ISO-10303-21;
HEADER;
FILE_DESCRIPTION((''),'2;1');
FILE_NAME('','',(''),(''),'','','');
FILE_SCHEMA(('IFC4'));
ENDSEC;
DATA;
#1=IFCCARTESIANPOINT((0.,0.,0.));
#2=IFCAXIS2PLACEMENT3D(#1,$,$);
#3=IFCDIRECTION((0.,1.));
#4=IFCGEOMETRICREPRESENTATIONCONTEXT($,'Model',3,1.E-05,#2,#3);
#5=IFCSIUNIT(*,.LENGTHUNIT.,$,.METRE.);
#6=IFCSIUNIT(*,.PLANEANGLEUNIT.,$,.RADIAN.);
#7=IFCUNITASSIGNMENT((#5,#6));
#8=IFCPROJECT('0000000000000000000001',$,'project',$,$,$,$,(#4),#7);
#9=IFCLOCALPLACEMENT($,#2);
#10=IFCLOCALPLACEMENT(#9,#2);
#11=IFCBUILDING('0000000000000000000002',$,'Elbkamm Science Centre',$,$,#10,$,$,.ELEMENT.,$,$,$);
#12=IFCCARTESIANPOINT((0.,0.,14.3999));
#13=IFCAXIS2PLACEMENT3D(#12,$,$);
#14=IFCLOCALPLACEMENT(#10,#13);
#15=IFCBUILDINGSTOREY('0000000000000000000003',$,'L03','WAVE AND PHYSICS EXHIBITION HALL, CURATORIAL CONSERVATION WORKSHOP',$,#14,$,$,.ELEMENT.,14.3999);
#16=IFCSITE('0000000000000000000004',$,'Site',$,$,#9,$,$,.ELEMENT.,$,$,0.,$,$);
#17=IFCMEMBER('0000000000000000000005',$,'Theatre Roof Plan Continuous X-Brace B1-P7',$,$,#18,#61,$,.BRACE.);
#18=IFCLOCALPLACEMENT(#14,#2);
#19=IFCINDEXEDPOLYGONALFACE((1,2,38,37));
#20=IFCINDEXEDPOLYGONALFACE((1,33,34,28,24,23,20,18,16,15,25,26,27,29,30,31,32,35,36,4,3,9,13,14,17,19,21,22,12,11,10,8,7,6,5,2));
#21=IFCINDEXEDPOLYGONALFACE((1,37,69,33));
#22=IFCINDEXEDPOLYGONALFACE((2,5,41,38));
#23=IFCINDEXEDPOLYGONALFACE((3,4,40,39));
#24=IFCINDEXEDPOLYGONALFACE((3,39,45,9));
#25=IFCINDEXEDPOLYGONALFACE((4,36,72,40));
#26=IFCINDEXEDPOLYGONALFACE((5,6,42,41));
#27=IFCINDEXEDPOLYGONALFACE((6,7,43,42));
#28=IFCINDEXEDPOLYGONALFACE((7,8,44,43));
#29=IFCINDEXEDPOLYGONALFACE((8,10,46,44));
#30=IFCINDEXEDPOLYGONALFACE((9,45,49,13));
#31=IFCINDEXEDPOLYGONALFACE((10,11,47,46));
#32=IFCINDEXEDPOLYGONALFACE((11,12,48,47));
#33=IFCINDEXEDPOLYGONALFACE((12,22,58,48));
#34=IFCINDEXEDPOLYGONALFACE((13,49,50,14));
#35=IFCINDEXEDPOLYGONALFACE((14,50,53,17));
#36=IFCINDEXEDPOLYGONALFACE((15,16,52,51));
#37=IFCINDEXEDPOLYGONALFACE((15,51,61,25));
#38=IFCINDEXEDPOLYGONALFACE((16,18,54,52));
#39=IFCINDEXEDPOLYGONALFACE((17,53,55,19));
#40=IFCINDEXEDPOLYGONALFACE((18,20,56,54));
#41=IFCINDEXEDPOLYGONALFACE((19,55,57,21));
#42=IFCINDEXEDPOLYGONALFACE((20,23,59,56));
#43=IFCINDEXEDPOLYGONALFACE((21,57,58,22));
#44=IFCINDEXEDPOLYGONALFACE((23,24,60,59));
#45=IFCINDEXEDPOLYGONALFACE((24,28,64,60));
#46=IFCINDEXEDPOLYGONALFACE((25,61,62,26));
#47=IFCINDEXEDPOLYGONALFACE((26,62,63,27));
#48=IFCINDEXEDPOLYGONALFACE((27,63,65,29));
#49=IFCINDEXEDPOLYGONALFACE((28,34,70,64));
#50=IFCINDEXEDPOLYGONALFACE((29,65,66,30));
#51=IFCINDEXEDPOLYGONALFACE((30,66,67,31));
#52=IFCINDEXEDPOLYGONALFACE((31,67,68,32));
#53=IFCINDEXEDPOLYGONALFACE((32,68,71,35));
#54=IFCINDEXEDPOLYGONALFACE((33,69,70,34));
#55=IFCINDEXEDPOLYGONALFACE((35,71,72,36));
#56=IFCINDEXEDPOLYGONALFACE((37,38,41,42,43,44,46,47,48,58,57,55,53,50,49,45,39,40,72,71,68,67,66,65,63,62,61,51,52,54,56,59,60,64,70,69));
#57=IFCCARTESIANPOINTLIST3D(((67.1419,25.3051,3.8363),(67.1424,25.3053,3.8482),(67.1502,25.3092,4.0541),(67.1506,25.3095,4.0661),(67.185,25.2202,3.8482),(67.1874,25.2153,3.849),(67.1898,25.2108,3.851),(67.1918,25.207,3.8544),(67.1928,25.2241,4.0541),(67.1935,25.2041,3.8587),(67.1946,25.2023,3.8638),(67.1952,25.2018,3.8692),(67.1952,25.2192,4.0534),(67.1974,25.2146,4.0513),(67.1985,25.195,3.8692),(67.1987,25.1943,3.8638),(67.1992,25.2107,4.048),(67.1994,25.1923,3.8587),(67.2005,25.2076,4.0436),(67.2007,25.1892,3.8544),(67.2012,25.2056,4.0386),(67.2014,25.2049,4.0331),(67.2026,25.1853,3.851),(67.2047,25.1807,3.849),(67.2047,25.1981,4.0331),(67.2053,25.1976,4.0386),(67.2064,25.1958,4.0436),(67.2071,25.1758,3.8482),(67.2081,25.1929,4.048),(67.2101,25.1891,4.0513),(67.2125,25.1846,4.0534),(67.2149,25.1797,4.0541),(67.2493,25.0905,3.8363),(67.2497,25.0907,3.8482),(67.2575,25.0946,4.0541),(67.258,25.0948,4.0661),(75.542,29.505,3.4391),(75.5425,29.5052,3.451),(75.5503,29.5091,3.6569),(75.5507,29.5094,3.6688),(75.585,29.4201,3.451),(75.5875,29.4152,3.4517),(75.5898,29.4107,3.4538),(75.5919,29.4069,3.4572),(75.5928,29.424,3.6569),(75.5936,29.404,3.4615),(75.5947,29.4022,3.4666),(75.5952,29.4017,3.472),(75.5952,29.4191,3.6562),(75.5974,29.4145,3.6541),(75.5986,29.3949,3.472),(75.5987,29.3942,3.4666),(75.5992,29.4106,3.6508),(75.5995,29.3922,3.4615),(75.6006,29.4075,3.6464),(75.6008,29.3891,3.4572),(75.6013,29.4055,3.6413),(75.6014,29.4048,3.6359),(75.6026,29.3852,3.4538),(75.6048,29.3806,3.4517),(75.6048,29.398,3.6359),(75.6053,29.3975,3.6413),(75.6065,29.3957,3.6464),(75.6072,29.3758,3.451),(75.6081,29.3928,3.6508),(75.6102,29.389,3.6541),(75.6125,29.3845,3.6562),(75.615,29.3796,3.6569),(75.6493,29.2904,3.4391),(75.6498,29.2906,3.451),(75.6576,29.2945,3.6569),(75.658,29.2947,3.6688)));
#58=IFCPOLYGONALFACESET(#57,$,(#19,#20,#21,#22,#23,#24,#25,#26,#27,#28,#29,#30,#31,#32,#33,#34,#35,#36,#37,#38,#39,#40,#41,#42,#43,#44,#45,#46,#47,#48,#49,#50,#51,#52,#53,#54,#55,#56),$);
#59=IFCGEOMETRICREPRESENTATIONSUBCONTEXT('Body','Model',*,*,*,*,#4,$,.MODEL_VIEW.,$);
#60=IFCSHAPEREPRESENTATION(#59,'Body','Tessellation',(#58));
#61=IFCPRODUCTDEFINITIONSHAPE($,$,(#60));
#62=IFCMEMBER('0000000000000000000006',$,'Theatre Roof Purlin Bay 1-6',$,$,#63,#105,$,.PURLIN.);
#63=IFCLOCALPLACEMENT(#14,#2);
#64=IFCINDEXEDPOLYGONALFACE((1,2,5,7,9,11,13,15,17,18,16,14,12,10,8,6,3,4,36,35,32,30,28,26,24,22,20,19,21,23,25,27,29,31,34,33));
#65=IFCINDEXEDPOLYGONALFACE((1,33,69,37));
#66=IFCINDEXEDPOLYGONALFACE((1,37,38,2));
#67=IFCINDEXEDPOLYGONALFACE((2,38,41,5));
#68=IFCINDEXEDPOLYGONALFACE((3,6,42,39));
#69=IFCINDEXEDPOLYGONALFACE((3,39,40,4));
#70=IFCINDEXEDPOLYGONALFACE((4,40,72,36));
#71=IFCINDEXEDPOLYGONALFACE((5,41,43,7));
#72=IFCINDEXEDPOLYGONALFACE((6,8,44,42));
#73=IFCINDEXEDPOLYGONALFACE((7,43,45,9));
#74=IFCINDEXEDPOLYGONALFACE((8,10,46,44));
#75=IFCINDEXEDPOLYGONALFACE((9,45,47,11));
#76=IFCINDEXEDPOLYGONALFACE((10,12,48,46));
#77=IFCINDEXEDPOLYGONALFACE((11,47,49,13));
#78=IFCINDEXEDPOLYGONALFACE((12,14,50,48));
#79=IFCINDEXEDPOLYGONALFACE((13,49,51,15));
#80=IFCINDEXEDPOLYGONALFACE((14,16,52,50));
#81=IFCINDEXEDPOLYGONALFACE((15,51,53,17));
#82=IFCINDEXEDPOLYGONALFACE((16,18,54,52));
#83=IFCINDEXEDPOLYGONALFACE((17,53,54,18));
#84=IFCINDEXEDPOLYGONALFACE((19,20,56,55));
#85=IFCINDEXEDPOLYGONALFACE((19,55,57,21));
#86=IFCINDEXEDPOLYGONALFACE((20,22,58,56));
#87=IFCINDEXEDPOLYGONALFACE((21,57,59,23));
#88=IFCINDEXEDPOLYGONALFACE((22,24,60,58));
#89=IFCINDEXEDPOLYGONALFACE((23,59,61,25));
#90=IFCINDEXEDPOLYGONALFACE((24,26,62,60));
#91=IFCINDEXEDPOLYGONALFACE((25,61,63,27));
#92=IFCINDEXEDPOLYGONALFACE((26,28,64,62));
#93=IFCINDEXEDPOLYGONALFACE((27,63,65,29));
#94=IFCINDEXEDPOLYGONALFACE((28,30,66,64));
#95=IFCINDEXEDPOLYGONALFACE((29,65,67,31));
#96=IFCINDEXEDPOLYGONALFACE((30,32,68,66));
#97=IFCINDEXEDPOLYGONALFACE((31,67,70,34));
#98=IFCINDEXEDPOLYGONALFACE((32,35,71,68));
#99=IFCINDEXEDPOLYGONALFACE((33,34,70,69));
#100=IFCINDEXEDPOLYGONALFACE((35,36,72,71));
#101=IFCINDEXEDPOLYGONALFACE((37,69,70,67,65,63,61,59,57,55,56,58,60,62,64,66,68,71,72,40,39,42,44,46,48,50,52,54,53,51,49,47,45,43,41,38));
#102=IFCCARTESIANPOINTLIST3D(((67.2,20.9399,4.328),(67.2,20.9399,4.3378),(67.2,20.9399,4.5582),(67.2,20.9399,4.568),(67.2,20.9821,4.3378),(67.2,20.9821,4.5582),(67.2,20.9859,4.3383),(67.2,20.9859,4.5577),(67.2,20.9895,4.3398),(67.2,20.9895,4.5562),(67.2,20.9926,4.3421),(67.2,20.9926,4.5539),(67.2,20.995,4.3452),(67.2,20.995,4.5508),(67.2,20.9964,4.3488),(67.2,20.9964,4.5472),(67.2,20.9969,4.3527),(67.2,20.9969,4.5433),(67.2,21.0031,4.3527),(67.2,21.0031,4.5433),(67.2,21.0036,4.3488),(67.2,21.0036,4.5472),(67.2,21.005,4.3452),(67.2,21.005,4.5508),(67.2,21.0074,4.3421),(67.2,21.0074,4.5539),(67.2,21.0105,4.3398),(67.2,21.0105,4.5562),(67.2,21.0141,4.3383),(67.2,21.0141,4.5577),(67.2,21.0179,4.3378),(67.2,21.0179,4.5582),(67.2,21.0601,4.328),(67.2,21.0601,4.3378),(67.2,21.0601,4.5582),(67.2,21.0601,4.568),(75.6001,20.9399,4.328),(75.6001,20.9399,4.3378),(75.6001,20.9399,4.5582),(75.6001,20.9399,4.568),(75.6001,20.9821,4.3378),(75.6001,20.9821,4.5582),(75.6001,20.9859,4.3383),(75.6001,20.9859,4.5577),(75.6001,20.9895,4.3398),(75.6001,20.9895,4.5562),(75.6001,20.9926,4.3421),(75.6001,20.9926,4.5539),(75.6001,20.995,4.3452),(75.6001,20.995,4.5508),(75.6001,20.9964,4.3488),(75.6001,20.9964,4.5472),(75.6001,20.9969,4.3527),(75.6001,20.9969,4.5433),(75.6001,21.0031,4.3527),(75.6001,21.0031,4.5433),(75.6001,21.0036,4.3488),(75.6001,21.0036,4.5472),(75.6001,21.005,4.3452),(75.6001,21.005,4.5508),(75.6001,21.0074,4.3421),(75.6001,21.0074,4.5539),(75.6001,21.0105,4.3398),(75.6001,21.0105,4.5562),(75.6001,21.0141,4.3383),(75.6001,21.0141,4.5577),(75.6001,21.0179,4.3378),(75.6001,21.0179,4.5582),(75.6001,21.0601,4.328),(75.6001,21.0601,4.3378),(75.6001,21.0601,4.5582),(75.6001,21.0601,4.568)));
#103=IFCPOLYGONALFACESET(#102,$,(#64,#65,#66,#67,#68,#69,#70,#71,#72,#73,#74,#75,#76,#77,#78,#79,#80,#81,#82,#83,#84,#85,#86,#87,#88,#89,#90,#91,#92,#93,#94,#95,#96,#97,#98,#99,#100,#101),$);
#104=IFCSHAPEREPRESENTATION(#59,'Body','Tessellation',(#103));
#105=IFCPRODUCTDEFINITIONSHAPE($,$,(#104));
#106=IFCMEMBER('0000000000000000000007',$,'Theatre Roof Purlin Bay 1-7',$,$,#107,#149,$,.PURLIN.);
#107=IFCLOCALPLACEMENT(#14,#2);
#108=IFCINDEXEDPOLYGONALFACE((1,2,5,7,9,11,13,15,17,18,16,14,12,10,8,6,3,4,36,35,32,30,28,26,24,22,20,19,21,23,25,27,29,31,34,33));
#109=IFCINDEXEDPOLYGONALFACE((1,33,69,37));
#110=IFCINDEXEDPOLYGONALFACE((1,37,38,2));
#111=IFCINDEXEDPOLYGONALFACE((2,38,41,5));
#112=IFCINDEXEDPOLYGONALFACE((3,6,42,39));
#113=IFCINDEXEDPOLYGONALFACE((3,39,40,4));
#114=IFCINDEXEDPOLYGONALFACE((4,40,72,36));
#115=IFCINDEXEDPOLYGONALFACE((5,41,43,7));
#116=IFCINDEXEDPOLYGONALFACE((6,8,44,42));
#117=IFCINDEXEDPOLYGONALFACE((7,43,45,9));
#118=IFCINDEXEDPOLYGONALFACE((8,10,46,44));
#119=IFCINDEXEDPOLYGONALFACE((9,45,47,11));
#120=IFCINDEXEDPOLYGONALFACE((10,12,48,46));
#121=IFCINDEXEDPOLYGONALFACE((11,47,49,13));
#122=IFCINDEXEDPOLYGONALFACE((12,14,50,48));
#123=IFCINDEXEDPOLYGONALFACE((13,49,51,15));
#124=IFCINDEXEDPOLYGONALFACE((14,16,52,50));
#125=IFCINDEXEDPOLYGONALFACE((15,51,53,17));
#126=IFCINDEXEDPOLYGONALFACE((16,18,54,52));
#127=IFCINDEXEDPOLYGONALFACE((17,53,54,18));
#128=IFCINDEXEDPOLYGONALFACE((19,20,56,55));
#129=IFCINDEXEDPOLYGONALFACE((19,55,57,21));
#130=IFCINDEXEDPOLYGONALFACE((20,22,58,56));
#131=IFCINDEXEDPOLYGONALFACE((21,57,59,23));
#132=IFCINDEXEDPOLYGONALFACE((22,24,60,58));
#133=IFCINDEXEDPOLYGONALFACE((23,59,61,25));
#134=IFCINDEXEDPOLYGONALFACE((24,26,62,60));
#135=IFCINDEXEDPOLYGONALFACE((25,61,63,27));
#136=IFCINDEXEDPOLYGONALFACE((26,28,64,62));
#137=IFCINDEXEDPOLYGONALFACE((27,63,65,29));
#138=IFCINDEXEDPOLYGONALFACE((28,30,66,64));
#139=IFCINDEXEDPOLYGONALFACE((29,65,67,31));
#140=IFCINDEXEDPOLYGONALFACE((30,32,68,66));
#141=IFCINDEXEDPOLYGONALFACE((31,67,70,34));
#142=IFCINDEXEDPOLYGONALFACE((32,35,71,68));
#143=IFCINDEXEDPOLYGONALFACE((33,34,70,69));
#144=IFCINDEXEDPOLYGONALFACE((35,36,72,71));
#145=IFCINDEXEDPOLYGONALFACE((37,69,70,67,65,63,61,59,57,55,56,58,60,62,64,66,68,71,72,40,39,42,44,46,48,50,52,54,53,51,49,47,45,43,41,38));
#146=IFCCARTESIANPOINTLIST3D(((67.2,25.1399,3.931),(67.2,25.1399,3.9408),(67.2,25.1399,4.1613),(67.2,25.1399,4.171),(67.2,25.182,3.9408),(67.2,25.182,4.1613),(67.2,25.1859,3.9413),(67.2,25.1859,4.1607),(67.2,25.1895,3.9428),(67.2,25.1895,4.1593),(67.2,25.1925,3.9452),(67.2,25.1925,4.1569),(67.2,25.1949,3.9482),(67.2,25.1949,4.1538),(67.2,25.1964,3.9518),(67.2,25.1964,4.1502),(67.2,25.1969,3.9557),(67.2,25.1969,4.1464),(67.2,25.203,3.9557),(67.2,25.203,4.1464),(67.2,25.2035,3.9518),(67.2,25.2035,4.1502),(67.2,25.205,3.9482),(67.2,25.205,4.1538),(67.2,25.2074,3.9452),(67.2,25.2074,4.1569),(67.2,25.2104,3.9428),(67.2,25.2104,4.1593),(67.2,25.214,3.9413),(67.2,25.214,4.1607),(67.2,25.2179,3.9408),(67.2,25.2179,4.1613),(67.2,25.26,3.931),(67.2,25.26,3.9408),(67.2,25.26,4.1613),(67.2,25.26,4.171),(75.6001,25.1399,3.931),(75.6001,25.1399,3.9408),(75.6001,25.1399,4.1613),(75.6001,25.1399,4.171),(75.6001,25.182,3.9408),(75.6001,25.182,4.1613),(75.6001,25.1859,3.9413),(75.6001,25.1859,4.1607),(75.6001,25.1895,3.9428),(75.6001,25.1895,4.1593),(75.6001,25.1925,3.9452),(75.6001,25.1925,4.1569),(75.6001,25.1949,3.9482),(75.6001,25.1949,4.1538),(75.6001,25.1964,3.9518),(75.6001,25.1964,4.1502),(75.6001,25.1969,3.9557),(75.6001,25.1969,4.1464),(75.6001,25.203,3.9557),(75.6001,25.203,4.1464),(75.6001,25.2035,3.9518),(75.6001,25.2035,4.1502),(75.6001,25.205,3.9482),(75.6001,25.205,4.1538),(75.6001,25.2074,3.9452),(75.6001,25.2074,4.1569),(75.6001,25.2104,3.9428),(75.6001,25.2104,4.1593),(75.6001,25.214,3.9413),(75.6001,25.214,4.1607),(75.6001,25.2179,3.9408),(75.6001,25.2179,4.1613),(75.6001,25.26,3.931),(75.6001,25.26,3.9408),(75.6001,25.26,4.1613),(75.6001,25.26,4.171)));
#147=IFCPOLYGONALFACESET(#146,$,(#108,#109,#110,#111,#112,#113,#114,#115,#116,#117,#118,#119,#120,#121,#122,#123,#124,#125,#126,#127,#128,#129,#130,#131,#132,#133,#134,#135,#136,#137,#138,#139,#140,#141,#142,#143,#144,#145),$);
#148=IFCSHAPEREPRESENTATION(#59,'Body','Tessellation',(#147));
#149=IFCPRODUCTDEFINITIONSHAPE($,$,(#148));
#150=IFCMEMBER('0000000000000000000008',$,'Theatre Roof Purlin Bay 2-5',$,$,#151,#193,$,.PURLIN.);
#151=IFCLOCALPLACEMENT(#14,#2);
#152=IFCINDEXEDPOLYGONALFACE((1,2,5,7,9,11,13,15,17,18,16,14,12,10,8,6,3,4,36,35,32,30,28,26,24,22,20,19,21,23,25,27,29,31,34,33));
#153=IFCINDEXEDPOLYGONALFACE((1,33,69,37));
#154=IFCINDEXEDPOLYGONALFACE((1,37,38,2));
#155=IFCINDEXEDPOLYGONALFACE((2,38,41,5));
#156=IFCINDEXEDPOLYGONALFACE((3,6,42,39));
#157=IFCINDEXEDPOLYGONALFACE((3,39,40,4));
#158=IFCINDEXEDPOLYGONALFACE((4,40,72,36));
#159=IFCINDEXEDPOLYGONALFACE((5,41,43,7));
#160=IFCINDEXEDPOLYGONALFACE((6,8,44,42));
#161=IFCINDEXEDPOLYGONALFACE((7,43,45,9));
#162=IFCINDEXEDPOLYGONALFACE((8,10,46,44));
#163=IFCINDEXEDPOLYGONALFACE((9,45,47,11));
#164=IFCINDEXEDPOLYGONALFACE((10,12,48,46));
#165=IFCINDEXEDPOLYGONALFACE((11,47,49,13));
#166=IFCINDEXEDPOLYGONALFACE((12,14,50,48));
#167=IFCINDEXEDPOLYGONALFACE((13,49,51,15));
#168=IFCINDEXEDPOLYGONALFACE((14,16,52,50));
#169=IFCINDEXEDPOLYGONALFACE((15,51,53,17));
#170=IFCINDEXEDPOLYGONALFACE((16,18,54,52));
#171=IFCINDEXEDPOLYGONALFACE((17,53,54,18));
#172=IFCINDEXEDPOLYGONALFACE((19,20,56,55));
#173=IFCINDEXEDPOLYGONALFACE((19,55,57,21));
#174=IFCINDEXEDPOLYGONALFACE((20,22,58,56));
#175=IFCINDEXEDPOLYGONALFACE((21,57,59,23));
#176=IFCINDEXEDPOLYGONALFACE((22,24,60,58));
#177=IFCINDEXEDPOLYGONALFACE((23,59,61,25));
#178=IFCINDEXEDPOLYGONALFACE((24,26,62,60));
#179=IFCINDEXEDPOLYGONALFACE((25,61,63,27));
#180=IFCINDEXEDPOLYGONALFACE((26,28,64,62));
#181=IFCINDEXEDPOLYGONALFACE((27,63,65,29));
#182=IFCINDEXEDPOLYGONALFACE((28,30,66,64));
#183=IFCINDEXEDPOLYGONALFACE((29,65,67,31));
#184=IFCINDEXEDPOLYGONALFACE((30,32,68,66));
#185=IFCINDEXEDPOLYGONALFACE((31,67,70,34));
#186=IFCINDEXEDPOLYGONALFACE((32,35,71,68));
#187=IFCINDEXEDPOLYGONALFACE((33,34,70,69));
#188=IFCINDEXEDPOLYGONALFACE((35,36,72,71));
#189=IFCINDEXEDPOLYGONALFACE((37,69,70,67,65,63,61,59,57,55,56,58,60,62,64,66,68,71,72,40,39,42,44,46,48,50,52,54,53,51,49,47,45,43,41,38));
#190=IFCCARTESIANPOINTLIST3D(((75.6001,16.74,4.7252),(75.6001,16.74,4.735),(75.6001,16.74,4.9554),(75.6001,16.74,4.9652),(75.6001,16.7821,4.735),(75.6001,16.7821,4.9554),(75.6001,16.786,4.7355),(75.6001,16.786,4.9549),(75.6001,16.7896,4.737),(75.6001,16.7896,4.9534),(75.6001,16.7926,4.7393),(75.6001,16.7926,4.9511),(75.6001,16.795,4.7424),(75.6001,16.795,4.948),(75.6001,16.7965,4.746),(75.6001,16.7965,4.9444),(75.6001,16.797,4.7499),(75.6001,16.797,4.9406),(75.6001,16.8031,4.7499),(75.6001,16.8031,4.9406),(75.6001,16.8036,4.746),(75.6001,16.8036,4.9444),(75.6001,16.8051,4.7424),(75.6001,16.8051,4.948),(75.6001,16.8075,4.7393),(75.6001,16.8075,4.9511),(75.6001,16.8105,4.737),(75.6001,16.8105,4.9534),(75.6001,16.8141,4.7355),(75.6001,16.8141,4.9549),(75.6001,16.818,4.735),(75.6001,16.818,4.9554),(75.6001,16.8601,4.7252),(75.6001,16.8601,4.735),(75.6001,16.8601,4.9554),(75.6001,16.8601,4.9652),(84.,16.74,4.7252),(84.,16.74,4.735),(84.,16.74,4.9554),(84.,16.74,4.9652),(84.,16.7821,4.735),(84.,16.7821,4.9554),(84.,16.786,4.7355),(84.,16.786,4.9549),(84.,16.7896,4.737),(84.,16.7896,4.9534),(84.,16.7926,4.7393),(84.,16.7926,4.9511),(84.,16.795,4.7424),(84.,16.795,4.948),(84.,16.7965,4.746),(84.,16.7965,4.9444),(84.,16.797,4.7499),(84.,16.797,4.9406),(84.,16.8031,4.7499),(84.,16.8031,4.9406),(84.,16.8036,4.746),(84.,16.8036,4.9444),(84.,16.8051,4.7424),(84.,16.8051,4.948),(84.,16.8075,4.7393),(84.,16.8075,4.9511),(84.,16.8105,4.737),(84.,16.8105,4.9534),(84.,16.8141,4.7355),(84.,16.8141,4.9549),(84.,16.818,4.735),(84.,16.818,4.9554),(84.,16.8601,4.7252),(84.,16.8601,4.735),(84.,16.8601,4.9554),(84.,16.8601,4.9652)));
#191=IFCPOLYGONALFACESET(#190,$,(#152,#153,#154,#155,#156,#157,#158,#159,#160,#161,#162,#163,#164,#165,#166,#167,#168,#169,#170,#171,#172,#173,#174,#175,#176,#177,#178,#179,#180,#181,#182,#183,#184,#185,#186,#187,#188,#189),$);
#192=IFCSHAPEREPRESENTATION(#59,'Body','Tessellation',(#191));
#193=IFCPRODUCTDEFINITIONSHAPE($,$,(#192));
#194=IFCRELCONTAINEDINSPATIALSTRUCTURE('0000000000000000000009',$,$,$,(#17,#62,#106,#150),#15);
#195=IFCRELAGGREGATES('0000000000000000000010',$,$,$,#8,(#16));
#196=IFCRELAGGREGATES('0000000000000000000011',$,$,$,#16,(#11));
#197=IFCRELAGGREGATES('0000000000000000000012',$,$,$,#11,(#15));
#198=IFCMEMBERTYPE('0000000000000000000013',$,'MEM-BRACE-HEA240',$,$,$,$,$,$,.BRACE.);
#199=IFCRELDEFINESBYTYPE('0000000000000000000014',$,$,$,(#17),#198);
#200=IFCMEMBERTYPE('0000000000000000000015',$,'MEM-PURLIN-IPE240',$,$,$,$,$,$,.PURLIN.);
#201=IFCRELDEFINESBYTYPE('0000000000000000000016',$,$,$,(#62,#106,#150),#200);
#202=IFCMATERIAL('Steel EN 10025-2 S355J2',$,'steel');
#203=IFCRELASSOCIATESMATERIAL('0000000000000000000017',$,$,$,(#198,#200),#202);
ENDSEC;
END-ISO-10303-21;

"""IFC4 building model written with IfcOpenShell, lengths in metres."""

from ifc_helpers import new_model, si_unit, direction, frame, origin, origin_2d, place, context, subcontext, project, spatial, i_section, extrude, material, material_profile, profile_set, type_object, element, save


model = new_model("IFC4")

# Units and contexts
model_context = context("Model", 3, precision=1e-05, world=origin(), true_north=direction((0.0, 1.0)))
body_context = subcontext(model_context, "Body", "Model", "MODEL_VIEW")
ifc_project = project(units=[si_unit("LENGTHUNIT", "METRE"), si_unit("PLANEANGLEUNIT", "RADIAN")], contexts=[model_context])

# Site, building, storey
site_placement = place(None, origin())
site = spatial("IfcSite", under=ifc_project, at=site_placement, Name="Site", CompositionType="ELEMENT", RefElevation=0.0)
building_placement = place(site_placement, origin())
building = spatial("IfcBuilding", under=site, at=building_placement, Name="Elbkamm Science Centre", CompositionType="ELEMENT")
storey_placement = place(building_placement, frame((0.0, 0.0, 14.3999)))
storey = spatial("IfcBuildingStorey", under=building, at=storey_placement, Name="L03", Description="WAVE AND PHYSICS EXHIBITION HALL, CURATORIAL CONSERVATION WORKSHOP", CompositionType="ELEMENT", Elevation=14.3999)

# Shared definitions
ifc_material_1 = material(Name="Steel EN 10025-2 S355J2", Category="steel")

# Members
ifc_material_profile_1 = material_profile(ifc_material_1, i_section(OverallWidth=0.24, OverallDepth=0.23, WebThickness=0.0076, FlangeThickness=0.012, FilletRadius=0.021, at=origin_2d()), Name="HEA 240")
ifc_profile_set_1 = profile_set([ifc_material_profile_1], Name="Steel EN 10025-2 S355J2")
member_type_1 = type_object("IfcMemberType", Name="MEM-BRACE-HEA240", PredefinedType="BRACE", material=ifc_profile_set_1)
member_1_placement = place(storey_placement, frame((67.2, 25.2, 3.9512), z_axis=(0.893633, 0.446804, -0.042257), x_axis=(-0.447203, 0.894432, 0.0)))
element("IfcMember", 1, at=member_1_placement, inside=storey, type_object=member_type_1, Name="Theatre Roof Plan Continuous X-Brace B1-P7", PredefinedType="BRACE", context=body_context, shape_type="SweptSolid", body=[
    extrude(i_section(OverallWidth=0.24, OverallDepth=0.23, WebThickness=0.0076, FlangeThickness=0.012, FilletRadius=0.021, at=origin_2d()), origin(), (0.0, 0.0, 1.0), 9.3999),
])
ifc_material_profile_2 = material_profile(ifc_material_1, i_section(OverallWidth=0.1201, OverallDepth=0.24, WebThickness=0.0061, FlangeThickness=0.0098, FilletRadius=0.0149, at=origin_2d()), Name="IPE 240")
ifc_profile_set_2 = profile_set([ifc_material_profile_2], Name="Steel EN 10025-2 S355J2")
member_type_2 = type_object("IfcMemberType", Name="MEM-PURLIN-IPE240", PredefinedType="PURLIN", material=ifc_profile_set_2)
for number, where, z_axis, x_axis, name in (
    (2, (67.2, 21.0, 4.448), (1.0, 0.0, 0.0), (0.0, 1.0, 0.0), "Theatre Roof Purlin Bay 1-6"),
    (3, (67.2, 25.2, 4.051), (1.0, 0.0, 0.0), (0.0, 1.0, 0.0), "Theatre Roof Purlin Bay 1-7"),
):
    element("IfcMember", number, at=place(storey_placement, frame(where, z_axis=z_axis, x_axis=x_axis)), inside=storey, type_object=member_type_2, Name=name, PredefinedType="PURLIN", context=body_context, shape_type="SweptSolid", body=[
        extrude(i_section(OverallWidth=0.1201, OverallDepth=0.24, WebThickness=0.0061, FlangeThickness=0.0098, FilletRadius=0.0149, at=origin_2d()), origin(), (0.0, 0.0, 1.0), 8.4001),
    ])
for number, where, z_axis, x_axis, name in (
    (4, (75.6001, 16.8, 4.8452), (1.0, 0.0, 0.0), (0.0, 1.0, 0.0), "Theatre Roof Purlin Bay 2-5"),
):
    element("IfcMember", number, at=place(storey_placement, frame(where, z_axis=z_axis, x_axis=x_axis)), inside=storey, type_object=member_type_2, Name=name, PredefinedType="PURLIN", context=body_context, shape_type="SweptSolid", body=[
        extrude(i_section(OverallWidth=0.1201, OverallDepth=0.24, WebThickness=0.0061, FlangeThickness=0.0098, FilletRadius=0.0149, at=origin_2d()), origin(), (0.0, 0.0, 1.0), 8.3999),
    ])

save(model, "model.ifc")
